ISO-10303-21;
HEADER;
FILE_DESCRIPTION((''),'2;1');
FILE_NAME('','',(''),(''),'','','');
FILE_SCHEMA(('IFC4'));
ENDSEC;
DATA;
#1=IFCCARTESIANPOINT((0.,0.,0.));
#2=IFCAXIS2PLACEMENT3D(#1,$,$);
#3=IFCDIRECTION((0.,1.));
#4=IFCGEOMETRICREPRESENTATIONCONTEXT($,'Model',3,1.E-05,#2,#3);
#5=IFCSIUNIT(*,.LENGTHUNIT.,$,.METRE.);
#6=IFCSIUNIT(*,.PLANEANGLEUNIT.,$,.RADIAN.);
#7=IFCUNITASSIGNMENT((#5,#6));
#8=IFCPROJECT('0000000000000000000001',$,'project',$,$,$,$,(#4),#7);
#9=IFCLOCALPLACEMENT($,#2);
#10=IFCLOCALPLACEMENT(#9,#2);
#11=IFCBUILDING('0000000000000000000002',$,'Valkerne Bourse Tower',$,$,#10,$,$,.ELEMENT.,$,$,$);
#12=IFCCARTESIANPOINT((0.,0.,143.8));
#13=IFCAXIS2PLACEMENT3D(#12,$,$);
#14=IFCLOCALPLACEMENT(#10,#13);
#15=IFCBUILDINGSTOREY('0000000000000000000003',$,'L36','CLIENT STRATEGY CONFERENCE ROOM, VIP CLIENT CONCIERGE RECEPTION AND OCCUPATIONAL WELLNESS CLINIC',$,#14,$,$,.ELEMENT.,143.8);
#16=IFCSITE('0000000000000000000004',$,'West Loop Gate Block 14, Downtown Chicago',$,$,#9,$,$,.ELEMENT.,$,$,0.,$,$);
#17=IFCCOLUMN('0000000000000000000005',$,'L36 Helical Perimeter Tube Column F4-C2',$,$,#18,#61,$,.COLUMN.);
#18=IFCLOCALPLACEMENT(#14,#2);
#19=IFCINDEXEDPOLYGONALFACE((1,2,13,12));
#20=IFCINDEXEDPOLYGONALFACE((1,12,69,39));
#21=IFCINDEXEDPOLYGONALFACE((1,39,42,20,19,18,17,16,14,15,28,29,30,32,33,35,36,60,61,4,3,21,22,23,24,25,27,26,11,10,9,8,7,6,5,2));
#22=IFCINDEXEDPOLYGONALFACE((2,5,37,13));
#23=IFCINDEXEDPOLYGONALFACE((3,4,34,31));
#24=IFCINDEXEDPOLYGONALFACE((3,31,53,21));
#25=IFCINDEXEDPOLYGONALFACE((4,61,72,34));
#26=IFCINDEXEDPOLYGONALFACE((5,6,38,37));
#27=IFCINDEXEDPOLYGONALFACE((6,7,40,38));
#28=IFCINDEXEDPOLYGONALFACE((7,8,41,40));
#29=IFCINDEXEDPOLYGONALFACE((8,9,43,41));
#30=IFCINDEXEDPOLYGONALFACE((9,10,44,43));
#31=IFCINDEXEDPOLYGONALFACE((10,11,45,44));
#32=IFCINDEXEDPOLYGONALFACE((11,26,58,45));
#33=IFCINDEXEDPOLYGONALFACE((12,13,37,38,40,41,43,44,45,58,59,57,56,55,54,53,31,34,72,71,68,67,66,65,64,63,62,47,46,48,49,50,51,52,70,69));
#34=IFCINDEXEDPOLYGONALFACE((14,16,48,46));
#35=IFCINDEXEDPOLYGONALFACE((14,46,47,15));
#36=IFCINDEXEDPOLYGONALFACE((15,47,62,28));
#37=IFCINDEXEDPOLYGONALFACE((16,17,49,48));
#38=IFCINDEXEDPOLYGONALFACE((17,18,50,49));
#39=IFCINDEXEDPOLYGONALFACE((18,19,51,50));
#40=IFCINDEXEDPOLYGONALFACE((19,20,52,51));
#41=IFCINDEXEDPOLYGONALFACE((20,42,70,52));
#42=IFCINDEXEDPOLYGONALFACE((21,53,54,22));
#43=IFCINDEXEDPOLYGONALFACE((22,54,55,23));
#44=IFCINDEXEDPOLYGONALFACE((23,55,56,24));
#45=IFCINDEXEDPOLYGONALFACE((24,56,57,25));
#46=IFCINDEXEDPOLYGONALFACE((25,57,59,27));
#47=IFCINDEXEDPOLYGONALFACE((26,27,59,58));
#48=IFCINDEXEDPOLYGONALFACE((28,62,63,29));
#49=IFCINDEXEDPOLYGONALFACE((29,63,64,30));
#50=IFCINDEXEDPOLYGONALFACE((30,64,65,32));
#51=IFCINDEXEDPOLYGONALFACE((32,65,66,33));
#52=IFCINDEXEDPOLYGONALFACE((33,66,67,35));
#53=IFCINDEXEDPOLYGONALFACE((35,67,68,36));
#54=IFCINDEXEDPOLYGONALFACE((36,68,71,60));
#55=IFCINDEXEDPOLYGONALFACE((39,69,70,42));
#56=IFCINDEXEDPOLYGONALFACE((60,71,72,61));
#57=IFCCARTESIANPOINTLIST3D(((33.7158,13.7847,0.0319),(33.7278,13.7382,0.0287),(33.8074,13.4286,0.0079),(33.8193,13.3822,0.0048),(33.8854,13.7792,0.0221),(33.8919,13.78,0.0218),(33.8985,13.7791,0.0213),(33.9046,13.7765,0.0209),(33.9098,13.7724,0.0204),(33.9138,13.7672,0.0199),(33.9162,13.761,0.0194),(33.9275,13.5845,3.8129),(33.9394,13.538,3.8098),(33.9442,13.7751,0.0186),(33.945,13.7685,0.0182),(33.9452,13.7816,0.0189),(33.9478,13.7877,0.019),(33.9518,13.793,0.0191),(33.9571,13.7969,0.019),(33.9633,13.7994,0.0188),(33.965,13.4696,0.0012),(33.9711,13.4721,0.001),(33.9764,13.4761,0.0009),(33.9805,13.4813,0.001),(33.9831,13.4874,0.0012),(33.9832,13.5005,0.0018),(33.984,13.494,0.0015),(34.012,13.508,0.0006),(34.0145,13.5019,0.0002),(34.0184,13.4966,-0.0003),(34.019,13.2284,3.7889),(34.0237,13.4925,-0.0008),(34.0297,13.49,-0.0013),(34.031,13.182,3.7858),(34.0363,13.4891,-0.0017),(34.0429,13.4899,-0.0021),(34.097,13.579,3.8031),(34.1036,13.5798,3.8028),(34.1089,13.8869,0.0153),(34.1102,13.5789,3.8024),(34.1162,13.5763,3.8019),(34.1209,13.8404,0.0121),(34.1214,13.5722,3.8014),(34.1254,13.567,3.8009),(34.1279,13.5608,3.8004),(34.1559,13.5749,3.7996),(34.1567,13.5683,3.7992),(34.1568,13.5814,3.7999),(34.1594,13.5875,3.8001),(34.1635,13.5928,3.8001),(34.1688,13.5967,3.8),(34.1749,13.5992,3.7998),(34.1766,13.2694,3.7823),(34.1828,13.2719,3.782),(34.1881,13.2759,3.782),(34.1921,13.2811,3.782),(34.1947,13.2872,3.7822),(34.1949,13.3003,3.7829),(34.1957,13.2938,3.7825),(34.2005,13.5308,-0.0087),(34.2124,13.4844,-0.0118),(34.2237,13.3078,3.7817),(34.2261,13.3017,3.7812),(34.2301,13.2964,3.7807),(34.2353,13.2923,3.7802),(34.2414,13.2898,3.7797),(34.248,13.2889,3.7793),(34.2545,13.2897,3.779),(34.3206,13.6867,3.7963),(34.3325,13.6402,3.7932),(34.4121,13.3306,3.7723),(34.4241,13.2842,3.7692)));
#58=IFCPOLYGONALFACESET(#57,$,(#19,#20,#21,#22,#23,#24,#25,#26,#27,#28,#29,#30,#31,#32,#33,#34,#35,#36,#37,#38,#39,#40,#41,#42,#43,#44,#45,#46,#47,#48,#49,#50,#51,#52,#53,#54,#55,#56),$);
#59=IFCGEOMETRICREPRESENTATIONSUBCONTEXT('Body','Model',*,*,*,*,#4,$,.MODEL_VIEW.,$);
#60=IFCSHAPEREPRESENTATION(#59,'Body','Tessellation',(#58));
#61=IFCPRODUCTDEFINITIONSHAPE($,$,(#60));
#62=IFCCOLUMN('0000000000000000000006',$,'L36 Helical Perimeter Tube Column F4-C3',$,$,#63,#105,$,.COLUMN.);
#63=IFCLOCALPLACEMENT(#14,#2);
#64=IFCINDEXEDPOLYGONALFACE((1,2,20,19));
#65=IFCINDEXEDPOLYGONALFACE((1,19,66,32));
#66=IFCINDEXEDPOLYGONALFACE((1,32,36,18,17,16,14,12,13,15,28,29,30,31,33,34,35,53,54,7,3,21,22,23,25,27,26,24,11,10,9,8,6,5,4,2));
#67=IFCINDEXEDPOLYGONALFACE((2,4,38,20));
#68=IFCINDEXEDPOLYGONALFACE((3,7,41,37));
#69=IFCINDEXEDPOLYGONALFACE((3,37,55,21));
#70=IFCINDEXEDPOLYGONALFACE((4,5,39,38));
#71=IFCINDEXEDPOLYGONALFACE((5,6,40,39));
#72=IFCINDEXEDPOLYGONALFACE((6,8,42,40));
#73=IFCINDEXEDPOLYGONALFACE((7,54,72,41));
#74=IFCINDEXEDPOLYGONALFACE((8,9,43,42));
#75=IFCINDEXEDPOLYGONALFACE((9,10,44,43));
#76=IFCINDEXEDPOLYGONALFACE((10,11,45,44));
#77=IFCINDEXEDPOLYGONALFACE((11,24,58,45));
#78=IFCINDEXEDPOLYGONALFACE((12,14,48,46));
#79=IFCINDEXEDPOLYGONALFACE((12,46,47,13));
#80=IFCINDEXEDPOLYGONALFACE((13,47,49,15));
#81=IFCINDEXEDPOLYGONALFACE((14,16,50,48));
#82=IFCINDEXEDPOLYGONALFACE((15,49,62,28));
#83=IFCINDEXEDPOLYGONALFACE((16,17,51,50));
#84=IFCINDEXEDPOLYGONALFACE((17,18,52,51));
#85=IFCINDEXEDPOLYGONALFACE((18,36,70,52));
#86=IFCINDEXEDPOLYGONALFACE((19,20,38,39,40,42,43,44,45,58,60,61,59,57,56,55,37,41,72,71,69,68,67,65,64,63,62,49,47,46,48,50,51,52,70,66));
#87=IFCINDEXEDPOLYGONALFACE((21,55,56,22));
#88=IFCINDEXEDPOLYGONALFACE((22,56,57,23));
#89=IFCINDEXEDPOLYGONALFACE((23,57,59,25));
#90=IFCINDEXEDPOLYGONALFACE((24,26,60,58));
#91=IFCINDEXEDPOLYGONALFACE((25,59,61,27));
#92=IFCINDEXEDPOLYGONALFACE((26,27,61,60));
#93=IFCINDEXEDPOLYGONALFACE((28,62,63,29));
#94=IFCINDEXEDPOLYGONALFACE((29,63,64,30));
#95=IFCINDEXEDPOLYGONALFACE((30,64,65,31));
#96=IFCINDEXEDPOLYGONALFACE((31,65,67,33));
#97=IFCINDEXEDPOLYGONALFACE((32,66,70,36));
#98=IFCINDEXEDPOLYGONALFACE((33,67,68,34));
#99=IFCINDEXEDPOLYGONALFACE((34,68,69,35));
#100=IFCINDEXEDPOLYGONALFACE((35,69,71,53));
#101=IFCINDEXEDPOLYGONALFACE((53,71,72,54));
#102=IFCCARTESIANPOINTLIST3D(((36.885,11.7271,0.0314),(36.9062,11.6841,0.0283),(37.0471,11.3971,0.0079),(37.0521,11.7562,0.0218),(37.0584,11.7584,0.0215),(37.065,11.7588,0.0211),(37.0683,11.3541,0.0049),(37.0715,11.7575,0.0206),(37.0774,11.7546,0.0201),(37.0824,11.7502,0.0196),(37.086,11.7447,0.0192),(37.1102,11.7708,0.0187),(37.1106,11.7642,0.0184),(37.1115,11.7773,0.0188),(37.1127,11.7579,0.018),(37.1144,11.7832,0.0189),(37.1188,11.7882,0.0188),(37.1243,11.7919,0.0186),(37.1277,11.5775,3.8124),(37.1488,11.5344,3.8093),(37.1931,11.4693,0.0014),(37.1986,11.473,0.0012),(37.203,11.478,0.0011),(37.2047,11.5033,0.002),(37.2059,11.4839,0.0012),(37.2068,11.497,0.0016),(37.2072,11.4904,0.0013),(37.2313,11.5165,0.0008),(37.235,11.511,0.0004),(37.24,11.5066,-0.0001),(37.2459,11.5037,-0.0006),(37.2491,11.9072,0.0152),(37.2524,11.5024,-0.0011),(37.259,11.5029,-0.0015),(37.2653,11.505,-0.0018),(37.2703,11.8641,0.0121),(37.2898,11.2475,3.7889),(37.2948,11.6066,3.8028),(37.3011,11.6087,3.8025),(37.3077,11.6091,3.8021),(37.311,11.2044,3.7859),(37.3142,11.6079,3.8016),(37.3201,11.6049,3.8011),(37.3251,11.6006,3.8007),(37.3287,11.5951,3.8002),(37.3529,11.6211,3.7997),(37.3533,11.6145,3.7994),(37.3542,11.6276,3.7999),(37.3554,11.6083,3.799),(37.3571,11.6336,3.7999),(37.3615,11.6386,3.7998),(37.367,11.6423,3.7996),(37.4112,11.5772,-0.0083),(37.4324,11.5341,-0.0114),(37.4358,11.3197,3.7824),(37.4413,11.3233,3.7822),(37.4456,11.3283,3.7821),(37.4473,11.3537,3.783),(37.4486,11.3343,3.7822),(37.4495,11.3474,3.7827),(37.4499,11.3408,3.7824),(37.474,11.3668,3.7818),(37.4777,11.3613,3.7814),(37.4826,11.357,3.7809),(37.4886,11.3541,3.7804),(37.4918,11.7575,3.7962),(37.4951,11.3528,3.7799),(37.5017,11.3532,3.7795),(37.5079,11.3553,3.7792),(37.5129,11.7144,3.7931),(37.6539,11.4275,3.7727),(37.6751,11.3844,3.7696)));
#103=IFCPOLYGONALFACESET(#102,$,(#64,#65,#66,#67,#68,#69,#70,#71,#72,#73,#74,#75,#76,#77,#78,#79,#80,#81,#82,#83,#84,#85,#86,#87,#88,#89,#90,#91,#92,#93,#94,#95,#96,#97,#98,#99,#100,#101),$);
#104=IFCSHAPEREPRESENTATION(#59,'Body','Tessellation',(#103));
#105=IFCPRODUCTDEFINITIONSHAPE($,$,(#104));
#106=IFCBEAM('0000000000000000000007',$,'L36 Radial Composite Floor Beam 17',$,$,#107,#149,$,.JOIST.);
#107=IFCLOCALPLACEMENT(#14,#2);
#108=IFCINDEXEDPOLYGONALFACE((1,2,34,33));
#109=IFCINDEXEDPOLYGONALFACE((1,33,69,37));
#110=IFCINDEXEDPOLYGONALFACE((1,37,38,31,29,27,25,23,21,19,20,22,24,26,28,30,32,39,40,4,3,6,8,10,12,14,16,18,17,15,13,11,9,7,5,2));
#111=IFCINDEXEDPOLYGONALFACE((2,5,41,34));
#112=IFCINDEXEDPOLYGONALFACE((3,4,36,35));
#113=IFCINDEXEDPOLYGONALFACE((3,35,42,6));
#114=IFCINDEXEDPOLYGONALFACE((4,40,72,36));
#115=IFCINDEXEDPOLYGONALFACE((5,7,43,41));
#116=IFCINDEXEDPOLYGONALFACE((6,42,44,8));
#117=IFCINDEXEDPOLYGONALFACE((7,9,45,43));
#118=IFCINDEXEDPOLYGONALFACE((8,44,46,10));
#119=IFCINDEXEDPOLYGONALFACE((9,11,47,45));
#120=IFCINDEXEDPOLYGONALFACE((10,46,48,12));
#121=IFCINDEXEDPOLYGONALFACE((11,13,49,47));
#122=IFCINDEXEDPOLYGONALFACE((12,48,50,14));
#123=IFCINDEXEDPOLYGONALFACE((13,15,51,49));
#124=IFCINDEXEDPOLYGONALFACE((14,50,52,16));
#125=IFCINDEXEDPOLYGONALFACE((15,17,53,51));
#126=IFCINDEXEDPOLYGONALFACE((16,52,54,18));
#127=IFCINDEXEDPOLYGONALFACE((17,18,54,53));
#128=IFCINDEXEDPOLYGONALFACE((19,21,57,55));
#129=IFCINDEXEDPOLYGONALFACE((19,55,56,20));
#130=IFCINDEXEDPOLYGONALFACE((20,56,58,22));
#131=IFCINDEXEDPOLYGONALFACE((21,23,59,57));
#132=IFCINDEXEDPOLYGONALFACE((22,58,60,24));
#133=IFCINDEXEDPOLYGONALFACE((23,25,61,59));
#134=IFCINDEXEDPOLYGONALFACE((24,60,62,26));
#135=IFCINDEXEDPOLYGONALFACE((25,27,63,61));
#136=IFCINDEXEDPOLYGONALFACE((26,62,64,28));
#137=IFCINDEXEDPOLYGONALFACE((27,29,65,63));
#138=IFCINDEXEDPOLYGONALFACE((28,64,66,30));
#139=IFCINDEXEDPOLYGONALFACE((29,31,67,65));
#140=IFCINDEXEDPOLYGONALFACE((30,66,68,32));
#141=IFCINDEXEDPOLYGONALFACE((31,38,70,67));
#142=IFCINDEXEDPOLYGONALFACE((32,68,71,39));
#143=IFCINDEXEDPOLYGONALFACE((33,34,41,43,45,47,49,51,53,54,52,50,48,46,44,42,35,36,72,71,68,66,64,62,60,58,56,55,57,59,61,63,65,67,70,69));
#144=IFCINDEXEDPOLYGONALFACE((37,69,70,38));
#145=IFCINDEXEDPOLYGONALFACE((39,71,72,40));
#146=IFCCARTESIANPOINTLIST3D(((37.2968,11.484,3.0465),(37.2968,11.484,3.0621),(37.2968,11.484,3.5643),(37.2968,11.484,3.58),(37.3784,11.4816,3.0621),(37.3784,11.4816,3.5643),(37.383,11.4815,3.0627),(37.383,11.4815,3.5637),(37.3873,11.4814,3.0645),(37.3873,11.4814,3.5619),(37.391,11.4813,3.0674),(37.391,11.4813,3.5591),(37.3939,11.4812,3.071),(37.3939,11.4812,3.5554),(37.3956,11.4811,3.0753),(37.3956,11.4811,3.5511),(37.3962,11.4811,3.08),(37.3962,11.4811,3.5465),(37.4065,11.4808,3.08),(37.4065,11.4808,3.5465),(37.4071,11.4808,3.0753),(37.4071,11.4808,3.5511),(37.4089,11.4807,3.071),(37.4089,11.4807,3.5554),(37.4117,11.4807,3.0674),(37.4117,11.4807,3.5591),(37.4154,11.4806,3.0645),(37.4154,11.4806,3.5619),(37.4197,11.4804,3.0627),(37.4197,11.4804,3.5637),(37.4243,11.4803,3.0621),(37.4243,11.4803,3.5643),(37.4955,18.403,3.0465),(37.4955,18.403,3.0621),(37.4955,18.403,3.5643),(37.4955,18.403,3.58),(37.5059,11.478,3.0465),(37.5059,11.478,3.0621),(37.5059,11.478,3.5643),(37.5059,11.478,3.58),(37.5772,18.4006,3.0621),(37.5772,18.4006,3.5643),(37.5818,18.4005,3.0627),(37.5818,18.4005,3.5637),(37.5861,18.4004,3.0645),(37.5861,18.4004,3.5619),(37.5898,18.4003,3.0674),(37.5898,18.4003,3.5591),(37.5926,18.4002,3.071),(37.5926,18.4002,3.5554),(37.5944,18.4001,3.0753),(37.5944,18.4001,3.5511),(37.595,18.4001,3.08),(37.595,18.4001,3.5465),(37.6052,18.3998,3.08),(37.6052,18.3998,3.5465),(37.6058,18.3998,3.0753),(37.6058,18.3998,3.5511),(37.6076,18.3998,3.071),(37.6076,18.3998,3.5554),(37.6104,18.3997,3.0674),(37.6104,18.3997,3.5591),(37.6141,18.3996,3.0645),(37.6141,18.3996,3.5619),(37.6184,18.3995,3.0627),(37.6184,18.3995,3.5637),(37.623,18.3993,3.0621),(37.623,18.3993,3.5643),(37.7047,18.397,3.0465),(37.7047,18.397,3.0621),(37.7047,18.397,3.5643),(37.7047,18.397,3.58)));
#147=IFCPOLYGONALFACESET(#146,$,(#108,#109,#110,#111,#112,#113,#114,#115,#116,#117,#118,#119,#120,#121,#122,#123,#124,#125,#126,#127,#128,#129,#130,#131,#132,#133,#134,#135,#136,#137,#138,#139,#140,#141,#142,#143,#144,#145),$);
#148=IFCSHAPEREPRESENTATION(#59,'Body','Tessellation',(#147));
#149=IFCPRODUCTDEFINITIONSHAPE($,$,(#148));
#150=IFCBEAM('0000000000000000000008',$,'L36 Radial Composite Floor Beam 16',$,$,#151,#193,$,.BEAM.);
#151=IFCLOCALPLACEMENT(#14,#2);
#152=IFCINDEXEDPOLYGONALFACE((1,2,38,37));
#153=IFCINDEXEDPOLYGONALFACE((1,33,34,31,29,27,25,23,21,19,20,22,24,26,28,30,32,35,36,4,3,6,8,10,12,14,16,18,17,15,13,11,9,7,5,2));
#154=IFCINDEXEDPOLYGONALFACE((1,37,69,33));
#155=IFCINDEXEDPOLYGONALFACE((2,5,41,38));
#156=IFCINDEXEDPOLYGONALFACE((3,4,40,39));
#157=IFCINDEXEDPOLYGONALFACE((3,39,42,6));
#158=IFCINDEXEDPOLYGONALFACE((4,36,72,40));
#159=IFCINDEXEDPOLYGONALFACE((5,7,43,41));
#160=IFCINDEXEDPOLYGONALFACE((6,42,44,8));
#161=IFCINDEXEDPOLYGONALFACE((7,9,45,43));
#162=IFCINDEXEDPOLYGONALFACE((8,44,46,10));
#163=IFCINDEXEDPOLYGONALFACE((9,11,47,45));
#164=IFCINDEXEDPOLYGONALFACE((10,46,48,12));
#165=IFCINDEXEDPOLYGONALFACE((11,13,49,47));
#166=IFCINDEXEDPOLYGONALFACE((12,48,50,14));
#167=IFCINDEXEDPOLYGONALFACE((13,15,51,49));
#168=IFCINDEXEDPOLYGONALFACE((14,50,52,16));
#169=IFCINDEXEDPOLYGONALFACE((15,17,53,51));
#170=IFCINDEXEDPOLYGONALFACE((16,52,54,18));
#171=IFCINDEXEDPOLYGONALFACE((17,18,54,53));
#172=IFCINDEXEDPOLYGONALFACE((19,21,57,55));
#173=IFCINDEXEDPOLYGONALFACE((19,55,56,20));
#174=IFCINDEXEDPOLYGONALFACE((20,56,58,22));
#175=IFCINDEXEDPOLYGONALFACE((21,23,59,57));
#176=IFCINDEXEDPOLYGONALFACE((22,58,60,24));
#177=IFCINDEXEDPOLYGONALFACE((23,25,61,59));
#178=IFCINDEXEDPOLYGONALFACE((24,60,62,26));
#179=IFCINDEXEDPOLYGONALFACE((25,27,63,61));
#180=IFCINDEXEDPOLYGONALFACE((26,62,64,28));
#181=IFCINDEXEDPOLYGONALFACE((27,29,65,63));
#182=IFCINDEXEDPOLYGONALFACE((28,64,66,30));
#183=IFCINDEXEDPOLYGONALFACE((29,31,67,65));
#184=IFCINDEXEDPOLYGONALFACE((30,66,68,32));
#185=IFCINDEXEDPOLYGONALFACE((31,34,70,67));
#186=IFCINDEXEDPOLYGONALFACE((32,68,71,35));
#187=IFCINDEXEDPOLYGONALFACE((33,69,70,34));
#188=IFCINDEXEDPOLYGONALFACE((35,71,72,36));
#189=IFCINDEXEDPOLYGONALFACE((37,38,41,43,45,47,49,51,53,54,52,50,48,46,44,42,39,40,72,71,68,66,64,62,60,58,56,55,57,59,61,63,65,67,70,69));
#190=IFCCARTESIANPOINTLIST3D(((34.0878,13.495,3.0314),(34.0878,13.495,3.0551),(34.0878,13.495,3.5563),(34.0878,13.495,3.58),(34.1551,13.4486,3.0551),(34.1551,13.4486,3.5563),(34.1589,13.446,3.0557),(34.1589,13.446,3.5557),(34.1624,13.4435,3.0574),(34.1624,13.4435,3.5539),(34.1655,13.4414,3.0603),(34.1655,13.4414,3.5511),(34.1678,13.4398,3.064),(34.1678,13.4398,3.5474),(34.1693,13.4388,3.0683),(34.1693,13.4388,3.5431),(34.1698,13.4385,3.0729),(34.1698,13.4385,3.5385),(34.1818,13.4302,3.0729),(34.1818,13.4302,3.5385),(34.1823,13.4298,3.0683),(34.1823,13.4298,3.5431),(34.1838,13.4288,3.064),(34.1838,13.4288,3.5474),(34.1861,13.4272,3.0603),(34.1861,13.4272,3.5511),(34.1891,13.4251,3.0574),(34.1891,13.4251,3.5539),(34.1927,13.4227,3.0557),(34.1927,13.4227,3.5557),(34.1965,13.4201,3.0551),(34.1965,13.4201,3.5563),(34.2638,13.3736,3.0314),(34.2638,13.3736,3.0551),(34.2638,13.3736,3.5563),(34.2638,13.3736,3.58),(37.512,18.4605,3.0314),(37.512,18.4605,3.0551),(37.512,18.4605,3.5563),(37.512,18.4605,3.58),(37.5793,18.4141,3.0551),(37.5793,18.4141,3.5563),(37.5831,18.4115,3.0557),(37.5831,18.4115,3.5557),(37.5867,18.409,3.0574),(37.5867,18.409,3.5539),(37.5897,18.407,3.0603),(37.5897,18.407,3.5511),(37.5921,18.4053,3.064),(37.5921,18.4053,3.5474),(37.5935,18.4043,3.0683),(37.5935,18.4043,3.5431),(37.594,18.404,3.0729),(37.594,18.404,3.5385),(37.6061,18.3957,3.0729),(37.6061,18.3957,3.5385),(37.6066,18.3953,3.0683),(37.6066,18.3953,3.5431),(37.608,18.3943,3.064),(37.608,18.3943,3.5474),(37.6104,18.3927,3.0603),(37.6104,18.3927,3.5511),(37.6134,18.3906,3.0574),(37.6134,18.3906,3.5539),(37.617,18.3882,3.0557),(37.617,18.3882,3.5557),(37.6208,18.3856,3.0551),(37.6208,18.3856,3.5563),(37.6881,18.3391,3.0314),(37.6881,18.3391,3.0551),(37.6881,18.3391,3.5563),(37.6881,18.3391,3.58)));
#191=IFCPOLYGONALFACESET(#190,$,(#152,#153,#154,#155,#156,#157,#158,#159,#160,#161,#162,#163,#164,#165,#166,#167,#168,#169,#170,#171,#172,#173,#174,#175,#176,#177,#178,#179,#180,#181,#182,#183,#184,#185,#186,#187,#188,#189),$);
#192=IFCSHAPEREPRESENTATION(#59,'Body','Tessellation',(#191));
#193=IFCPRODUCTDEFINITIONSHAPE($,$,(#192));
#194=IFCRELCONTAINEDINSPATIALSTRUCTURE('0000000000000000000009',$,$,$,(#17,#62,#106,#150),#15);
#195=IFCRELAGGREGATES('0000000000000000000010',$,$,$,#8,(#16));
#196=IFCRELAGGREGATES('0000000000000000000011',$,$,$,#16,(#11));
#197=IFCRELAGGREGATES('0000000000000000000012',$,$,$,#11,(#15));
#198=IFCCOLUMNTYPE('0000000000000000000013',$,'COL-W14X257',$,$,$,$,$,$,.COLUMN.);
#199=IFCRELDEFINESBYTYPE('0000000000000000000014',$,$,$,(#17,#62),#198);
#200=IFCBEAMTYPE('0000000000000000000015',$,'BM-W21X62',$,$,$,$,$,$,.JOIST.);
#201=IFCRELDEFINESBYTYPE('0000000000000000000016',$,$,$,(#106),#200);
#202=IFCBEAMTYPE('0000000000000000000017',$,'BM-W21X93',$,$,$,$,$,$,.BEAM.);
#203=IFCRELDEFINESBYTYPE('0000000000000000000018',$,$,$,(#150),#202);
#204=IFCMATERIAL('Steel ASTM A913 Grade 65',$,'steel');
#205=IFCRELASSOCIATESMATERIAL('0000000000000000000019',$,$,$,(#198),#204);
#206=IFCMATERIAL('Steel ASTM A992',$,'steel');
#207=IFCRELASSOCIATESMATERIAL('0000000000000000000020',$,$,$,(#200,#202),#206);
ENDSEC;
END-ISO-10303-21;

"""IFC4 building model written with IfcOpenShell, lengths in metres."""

from ifc_helpers import new_model, si_unit, direction, frame, origin, origin_2d, place, context, subcontext, project, spatial, i_section, extrude, material, material_profile, profile_set, type_object, element, save


model = new_model("IFC4")

# Units and contexts
model_context = context("Model", 3, precision=1e-05, world=origin(), true_north=direction((0.0, 1.0)))
body_context = subcontext(model_context, "Body", "Model", "MODEL_VIEW")
ifc_project = project(units=[si_unit("LENGTHUNIT", "METRE"), si_unit("PLANEANGLEUNIT", "RADIAN")], contexts=[model_context])

# Site, building, storey
site_placement = place(None, origin())
site = spatial("IfcSite", under=ifc_project, at=site_placement, Name="West Loop Gate Block 14, Downtown Chicago", CompositionType="ELEMENT", RefElevation=0.0)
building_placement = place(site_placement, origin())
building = spatial("IfcBuilding", under=site, at=building_placement, Name="Valkerne Bourse Tower", CompositionType="ELEMENT")
storey_placement = place(building_placement, frame((0.0, 0.0, 143.8)))
storey = spatial("IfcBuildingStorey", under=building, at=storey_placement, Name="L36", Description="CLIENT STRATEGY CONFERENCE ROOM, VIP CLIENT CONCIERGE RECEPTION AND OCCUPATIONAL WELLNESS CLINIC", CompositionType="ELEMENT", Elevation=143.8)

# Columns
ifc_material_1 = material(Name="Steel ASTM A913 Grade 65", Category="steel")
ifc_material_profile_1 = material_profile(ifc_material_1, i_section(OverallWidth=0.4065, OverallDepth=0.4165, WebThickness=0.0298, FlangeThickness=0.0481, FilletRadius=0.0254, at=origin_2d()), Name="W14X257")
ifc_profile_set_1 = profile_set([ifc_material_profile_1], Name="Steel ASTM A913 Grade 65")
column_type = type_object("IfcColumnType", Name="COL-W14X257", PredefinedType="COLUMN", material=ifc_profile_set_1)
column_1_placement = place(storey_placement, frame((33.9641, 13.6345, 0.01), z_axis=(0.055817, -0.052791, 0.997044), x_axis=(0.967025, 0.251389, -0.040826)))
element("IfcColumn", 1, at=column_1_placement, inside=storey, type_object=column_type, Name="L36 Helical Perimeter Tube Column F4-C2", PredefinedType="COLUMN", context=body_context, shape_type="SweptSolid", body=[
    extrude(i_section(OverallWidth=0.4065, OverallDepth=0.4165, WebThickness=0.0298, FlangeThickness=0.0481, FilletRadius=0.0254, at=origin_2d()), origin(), (0.0, 0.0, 1.0), 3.7922),
])
column_2_placement = place(storey_placement, frame((37.1587, 11.6306, 0.01), z_axis=(0.064001, -0.03947, 0.997169), x_axis=(0.895686, 0.442888, -0.039957)))
element("IfcColumn", 2, at=column_2_placement, inside=storey, type_object=column_type, Name="L36 Helical Perimeter Tube Column F4-C3", PredefinedType="COLUMN", context=body_context, shape_type="SweptSolid", body=[
    extrude(i_section(OverallWidth=0.4065, OverallDepth=0.4165, WebThickness=0.0298, FlangeThickness=0.0481, FilletRadius=0.0254, at=origin_2d()), origin(), (0.0, 0.0, 1.0), 3.7917),
])

# Beams
ifc_material_2 = material(Name="Steel ASTM A992", Category="steel")
ifc_material_profile_2 = material_profile(ifc_material_2, i_section(OverallWidth=0.2092, OverallDepth=0.5334, WebThickness=0.0103, FlangeThickness=0.0156, FilletRadius=0.0178, at=origin_2d()), Name="W21X62")
ifc_profile_set_2 = profile_set([ifc_material_profile_2], Name="Steel ASTM A992")
beam_type_1 = type_object("IfcBeamType", Name="BM-W21X62", PredefinedType="JOIST", material=ifc_profile_set_2)
beam_1_placement = place(storey_placement, frame((37.4014, 11.481, 3.3132), z_axis=(0.028711, 0.999588, 0.0), x_axis=(-0.999588, 0.028711, 0.0)))
element("IfcBeam", 3, at=beam_1_placement, inside=storey, type_object=beam_type_1, Name="L36 Radial Composite Floor Beam 17", PredefinedType="JOIST", context=body_context, shape_type="SweptSolid", body=[
    extrude(i_section(OverallWidth=0.2092, OverallDepth=0.5334, WebThickness=0.0103, FlangeThickness=0.0156, FilletRadius=0.0178, at=origin_2d()), origin(), (0.0, 0.0, 1.0), 6.9219),
])
ifc_material_profile_3 = material_profile(ifc_material_2, i_section(OverallWidth=0.2139, OverallDepth=0.5486, WebThickness=0.0146, FlangeThickness=0.0237, FilletRadius=0.0178, at=origin_2d()), Name="W21X93")
ifc_profile_set_3 = profile_set([ifc_material_profile_3], Name="Steel ASTM A992")
beam_type_2 = type_object("IfcBeamType", Name="BM-W21X93", PredefinedType="BEAM", material=ifc_profile_set_3)
beam_2_placement = place(storey_placement, frame((34.1758, 13.4343, 3.3057), z_axis=(0.567708, 0.82323, 0.0), x_axis=(-0.82323, 0.567708, 0.0)))
element("IfcBeam", 4, at=beam_2_placement, inside=storey, type_object=beam_type_2, Name="L36 Radial Composite Floor Beam 16", PredefinedType="BEAM", context=body_context, shape_type="SweptSolid", body=[
    extrude(i_section(OverallWidth=0.2139, OverallDepth=0.5486, WebThickness=0.0146, FlangeThickness=0.0237, FilletRadius=0.0178, at=origin_2d()), origin(), (0.0, 0.0, 1.0), 6.0317),
])

save(model, "model.ifc")
